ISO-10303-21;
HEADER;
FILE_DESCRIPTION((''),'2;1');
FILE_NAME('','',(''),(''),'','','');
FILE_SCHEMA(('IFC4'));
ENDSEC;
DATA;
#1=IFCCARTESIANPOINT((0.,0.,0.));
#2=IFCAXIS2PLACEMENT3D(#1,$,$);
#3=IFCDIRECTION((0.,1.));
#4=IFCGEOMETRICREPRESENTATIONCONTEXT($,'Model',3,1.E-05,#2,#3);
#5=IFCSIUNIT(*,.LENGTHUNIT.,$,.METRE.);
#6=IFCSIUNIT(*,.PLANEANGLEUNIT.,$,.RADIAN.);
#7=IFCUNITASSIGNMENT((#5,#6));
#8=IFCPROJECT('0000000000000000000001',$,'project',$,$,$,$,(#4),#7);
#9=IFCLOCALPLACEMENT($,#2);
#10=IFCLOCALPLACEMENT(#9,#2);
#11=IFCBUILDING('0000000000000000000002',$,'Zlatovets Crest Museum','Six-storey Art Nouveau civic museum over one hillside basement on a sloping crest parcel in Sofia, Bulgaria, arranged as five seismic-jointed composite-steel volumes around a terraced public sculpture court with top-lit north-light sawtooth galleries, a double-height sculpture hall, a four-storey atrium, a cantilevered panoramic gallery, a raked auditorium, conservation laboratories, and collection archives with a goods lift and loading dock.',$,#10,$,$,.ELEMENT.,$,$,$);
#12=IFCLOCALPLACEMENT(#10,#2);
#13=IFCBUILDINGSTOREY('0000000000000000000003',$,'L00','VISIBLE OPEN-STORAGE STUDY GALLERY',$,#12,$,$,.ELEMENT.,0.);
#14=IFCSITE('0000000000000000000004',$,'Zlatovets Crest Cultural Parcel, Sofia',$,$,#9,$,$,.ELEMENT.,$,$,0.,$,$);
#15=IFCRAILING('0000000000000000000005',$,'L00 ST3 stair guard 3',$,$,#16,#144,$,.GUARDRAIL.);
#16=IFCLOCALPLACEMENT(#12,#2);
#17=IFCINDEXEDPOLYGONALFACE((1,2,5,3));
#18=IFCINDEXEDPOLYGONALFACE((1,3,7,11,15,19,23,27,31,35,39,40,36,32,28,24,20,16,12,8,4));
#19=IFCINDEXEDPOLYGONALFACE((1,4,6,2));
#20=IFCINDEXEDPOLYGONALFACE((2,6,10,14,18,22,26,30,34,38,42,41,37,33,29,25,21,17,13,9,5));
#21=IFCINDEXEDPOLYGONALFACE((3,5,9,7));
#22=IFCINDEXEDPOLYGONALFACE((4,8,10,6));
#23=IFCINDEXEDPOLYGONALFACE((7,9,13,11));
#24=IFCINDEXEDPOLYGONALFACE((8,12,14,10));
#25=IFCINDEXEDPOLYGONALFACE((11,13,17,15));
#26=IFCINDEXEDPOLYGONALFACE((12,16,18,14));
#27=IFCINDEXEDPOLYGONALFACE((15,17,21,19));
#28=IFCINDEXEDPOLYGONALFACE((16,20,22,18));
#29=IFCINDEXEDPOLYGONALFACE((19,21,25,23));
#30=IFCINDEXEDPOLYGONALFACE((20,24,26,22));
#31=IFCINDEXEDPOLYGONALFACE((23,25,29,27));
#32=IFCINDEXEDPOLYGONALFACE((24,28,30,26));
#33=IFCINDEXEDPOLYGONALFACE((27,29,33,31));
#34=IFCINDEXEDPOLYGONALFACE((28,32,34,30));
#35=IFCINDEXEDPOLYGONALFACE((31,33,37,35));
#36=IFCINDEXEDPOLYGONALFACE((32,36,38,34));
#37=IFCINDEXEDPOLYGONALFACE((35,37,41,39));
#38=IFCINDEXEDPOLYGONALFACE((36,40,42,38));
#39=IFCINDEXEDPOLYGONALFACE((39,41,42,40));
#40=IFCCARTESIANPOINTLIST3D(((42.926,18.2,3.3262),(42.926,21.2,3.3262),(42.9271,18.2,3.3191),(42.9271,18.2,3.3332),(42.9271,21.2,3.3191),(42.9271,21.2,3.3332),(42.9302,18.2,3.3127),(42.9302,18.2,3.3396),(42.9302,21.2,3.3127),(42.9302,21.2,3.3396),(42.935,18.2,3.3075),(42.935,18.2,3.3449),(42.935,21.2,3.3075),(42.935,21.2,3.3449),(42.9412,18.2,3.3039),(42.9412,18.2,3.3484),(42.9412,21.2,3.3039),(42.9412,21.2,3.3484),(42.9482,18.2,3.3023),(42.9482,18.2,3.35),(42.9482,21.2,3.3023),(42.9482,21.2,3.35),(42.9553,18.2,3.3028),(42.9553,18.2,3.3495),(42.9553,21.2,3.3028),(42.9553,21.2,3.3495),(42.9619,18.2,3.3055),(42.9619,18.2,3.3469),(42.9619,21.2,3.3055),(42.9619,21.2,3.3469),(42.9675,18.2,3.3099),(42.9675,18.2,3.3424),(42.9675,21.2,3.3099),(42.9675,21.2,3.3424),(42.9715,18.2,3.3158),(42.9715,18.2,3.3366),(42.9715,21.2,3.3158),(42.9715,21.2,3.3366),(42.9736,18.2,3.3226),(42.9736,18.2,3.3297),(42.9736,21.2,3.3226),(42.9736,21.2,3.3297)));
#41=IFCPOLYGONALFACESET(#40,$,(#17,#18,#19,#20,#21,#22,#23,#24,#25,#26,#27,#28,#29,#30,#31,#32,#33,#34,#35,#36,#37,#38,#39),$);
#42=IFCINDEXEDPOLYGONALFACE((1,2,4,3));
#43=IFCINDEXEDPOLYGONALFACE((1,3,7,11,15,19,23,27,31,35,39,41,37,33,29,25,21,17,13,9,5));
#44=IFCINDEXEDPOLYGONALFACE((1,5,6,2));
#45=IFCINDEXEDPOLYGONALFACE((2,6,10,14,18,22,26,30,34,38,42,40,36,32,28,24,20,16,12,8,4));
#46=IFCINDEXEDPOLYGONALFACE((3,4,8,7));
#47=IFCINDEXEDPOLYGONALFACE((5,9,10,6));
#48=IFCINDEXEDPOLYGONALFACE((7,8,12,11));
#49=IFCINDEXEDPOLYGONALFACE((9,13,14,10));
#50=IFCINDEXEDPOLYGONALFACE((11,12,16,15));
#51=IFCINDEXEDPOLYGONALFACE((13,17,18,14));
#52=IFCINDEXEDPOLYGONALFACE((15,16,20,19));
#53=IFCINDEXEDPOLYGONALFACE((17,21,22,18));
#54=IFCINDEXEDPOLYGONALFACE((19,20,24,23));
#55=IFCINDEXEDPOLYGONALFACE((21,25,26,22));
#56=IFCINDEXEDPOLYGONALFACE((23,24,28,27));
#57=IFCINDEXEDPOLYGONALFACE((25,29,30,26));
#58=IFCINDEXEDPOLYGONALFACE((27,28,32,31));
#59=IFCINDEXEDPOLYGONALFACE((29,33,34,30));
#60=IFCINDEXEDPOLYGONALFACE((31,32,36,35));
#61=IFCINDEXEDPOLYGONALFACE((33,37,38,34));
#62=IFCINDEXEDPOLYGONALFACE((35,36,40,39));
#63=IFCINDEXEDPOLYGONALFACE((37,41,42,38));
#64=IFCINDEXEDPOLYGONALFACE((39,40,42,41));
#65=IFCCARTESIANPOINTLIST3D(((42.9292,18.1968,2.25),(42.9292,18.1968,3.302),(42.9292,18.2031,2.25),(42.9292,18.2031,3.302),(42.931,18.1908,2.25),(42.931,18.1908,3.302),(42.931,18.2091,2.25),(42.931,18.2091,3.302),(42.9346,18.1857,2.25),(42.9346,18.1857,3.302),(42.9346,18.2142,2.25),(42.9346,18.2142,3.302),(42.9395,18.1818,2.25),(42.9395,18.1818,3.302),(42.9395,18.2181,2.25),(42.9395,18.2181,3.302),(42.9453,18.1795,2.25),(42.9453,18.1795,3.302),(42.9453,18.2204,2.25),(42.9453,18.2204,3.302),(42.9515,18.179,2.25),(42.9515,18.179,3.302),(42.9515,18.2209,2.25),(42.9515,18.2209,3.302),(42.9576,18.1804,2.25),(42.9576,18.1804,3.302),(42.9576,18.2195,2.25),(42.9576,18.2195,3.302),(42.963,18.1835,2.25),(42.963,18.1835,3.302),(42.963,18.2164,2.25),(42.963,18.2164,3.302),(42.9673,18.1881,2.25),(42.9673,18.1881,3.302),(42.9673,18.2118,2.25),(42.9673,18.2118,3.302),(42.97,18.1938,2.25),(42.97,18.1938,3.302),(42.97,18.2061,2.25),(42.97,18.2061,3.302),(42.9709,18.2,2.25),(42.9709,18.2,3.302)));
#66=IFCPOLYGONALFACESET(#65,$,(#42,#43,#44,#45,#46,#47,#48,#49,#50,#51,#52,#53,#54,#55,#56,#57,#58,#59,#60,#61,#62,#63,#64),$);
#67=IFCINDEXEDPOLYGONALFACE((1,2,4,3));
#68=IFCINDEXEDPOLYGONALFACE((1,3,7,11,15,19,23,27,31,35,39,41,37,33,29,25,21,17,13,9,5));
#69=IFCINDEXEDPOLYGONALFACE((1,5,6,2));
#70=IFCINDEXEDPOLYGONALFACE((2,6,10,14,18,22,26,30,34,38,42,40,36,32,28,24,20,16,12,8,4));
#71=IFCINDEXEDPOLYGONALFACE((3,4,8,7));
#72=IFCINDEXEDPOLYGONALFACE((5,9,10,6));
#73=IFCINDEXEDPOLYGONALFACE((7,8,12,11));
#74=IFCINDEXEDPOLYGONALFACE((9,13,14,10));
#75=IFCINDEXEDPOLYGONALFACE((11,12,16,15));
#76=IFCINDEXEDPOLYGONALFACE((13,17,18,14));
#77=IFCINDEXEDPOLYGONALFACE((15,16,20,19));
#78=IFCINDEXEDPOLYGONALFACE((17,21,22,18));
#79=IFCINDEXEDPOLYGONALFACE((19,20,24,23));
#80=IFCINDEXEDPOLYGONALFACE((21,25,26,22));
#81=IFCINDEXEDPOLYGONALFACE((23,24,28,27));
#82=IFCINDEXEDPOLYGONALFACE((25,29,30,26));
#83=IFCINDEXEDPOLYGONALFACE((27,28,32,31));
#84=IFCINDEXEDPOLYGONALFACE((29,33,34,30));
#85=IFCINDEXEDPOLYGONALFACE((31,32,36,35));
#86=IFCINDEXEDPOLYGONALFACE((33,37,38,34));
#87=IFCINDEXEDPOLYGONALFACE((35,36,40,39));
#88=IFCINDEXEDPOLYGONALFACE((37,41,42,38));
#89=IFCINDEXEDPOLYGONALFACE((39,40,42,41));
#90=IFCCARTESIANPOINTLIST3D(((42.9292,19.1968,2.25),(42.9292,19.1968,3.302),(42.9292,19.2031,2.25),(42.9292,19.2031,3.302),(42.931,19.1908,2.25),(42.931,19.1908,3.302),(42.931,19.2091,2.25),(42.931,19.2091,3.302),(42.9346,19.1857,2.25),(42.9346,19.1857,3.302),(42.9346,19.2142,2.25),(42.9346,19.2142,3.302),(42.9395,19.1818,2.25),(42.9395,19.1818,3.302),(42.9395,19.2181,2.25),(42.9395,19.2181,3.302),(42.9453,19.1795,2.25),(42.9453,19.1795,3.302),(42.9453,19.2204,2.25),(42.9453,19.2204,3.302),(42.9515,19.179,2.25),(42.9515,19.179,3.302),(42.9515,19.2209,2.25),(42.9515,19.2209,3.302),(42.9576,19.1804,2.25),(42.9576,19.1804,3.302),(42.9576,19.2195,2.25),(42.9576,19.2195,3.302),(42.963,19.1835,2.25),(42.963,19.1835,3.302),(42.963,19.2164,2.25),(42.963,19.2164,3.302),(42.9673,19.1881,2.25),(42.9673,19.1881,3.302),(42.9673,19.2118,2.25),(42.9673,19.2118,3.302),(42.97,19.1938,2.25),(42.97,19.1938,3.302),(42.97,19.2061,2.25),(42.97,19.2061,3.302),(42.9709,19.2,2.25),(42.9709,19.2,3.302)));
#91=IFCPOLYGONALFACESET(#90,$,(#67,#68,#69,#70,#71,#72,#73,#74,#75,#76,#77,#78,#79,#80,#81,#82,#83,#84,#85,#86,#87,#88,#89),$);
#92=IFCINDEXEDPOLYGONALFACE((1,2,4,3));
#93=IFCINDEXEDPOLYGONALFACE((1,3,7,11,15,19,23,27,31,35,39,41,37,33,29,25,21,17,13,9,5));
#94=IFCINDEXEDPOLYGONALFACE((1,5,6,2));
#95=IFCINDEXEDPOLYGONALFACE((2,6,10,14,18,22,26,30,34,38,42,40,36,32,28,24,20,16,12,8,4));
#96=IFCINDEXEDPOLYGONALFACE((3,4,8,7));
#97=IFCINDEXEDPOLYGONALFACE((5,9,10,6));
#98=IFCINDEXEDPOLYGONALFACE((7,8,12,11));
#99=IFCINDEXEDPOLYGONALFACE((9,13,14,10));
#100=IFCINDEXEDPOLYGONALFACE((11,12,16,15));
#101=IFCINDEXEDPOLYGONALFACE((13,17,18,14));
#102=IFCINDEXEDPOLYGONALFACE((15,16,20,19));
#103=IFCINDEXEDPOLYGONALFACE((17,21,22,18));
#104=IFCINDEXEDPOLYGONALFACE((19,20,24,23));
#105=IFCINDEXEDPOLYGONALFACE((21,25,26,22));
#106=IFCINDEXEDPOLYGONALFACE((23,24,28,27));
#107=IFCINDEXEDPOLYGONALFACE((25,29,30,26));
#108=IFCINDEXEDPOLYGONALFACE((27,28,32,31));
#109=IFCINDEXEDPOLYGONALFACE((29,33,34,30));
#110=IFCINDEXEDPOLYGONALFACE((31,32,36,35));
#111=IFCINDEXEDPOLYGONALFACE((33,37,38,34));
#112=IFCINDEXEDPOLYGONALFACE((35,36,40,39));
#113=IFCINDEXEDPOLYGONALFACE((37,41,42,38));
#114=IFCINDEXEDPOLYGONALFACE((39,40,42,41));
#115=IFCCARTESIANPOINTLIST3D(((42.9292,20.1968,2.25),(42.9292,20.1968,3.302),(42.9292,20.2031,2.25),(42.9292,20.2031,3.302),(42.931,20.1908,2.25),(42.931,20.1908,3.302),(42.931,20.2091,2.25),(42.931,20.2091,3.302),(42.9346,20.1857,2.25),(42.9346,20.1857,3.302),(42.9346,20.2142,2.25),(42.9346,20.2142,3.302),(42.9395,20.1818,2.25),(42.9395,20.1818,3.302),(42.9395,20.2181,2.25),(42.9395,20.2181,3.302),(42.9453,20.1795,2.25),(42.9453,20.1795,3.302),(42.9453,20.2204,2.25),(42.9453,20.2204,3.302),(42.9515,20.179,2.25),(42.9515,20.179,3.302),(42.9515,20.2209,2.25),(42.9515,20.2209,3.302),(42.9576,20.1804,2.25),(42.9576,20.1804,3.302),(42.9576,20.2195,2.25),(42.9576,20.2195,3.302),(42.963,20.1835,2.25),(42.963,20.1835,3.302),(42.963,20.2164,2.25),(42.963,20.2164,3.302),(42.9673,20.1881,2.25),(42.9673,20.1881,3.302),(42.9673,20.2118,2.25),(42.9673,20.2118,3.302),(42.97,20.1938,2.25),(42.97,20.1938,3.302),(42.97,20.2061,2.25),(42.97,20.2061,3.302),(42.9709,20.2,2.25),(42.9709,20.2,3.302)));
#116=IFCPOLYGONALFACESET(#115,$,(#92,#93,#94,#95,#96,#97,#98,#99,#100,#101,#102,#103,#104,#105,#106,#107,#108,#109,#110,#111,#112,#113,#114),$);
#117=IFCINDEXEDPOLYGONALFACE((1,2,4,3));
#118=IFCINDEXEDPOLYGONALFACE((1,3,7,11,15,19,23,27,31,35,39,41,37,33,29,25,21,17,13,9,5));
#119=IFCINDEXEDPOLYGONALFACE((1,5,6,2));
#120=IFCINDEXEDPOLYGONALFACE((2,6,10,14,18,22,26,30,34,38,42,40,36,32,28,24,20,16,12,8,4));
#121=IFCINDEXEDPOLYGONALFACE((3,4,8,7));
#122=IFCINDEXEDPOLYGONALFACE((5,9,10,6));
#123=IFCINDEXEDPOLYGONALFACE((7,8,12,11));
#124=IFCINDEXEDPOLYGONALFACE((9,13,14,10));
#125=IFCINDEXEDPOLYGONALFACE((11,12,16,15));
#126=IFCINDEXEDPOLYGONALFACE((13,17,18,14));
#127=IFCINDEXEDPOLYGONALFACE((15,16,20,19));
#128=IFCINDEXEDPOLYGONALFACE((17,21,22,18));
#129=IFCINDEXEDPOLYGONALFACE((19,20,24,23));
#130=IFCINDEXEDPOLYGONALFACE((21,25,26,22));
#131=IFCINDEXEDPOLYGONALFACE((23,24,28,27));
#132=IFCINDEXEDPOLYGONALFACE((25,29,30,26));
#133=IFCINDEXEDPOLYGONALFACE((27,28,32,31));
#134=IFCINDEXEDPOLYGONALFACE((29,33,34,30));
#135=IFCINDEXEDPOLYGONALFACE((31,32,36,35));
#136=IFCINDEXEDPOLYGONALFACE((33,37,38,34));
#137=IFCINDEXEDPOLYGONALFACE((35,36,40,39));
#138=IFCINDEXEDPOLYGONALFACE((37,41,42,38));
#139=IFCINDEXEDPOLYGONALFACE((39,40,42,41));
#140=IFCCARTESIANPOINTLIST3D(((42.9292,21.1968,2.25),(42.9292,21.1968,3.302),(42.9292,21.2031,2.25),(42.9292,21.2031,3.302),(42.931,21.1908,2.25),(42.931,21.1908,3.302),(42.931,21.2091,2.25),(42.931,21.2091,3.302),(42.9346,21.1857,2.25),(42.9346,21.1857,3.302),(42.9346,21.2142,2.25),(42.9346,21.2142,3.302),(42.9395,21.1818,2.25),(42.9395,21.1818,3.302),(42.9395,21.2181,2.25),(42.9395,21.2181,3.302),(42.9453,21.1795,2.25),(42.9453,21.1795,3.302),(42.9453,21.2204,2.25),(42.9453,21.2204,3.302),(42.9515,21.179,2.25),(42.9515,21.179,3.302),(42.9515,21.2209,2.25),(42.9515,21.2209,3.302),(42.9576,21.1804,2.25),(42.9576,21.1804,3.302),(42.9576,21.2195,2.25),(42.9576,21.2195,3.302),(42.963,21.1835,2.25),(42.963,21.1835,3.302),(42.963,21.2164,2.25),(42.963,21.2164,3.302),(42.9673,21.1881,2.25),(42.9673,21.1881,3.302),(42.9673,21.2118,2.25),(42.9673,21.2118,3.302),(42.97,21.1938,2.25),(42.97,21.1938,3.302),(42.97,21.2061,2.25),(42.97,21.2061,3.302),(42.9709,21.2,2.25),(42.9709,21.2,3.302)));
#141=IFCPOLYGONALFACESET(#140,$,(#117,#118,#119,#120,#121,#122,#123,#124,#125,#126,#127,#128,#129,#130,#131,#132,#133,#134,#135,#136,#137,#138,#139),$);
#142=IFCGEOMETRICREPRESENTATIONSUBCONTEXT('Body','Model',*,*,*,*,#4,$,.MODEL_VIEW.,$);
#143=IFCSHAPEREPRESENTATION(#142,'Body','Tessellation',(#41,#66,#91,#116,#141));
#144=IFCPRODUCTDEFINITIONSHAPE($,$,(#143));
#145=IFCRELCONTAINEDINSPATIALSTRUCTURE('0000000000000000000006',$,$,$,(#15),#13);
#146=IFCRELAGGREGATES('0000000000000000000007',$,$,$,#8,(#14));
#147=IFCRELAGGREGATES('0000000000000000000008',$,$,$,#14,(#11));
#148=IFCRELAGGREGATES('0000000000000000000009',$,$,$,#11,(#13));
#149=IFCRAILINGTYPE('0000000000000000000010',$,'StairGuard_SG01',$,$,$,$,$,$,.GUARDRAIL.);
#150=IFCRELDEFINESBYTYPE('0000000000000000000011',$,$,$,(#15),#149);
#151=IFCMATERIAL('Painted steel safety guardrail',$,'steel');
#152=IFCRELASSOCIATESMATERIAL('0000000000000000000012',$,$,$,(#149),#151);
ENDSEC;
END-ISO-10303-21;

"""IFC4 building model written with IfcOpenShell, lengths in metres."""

from ifc_helpers import new_model, si_unit, direction, frame, origin, origin_2d, place, context, subcontext, project, spatial, circle, extrude, material, type_object, element, save


model = new_model("IFC4")

# Units and contexts
model_context = context("Model", 3, precision=1e-05, world=origin(), true_north=direction((0.0, 1.0)))
body_context = subcontext(model_context, "Body", "Model", "MODEL_VIEW")
ifc_project = project(units=[si_unit("LENGTHUNIT", "METRE"), si_unit("PLANEANGLEUNIT", "RADIAN")], contexts=[model_context])

# Site, building, storey
site_placement = place(None, origin())
site = spatial("IfcSite", under=ifc_project, at=site_placement, Name="Zlatovets Crest Cultural Parcel, Sofia", CompositionType="ELEMENT", RefElevation=0.0)
building_placement = place(site_placement, origin())
building = spatial("IfcBuilding", under=site, at=building_placement, Name="Zlatovets Crest Museum", Description="Six-storey Art Nouveau civic museum over one hillside basement on a sloping crest parcel in Sofia, Bulgaria, arranged as five seismic-jointed composite-steel volumes around a terraced public sculpture court with top-lit north-light sawtooth galleries, a double-height sculpture hall, a four-storey atrium, a cantilevered panoramic gallery, a raked auditorium, conservation laboratories, and collection archives with a goods lift and loading dock.", CompositionType="ELEMENT")
storey_placement = place(building_placement, origin())
storey = spatial("IfcBuildingStorey", under=building, at=storey_placement, Name="L00", Description="VISIBLE OPEN-STORAGE STUDY GALLERY", CompositionType="ELEMENT", Elevation=0.0)

# Railing
ifc_material_1 = material(Name="Painted steel safety guardrail", Category="steel")
railing_type_1 = type_object("IfcRailingType", Name="StairGuard_SG01", PredefinedType="GUARDRAIL", material=ifc_material_1)
railing_1_placement = place(storey_placement, frame((42.95, 18.2, 2.25)))
element("IfcRailing", 1, at=railing_1_placement, inside=storey, type_object=railing_type_1, Name="L00 ST3 stair guard 3", PredefinedType="GUARDRAIL", context=body_context, shape_type="SweptSolid", body=[
    extrude(circle(Radius=0.0239, at=origin_2d()), frame((0.0, 0.0, 1.0762), z_axis=(0.0, 1.0, 0.0), x_axis=(-1.0, 0.0, 0.0)), (0.0, 0.0, 1.0), 3.0),
    extrude(circle(Radius=0.021, at=origin_2d()), origin(), (0.0, 0.0, 1.0), 1.052),
    extrude(circle(Radius=0.021, at=origin_2d()), frame((0.0, 1.0, 0.0)), (0.0, 0.0, 1.0), 1.052),
    extrude(circle(Radius=0.021, at=origin_2d()), frame((0.0, 2.0, 0.0)), (0.0, 0.0, 1.0), 1.052),
    extrude(circle(Radius=0.021, at=origin_2d()), frame((0.0, 3.0, 0.0)), (0.0, 0.0, 1.0), 1.052),
])

save(model, "model.ifc")
